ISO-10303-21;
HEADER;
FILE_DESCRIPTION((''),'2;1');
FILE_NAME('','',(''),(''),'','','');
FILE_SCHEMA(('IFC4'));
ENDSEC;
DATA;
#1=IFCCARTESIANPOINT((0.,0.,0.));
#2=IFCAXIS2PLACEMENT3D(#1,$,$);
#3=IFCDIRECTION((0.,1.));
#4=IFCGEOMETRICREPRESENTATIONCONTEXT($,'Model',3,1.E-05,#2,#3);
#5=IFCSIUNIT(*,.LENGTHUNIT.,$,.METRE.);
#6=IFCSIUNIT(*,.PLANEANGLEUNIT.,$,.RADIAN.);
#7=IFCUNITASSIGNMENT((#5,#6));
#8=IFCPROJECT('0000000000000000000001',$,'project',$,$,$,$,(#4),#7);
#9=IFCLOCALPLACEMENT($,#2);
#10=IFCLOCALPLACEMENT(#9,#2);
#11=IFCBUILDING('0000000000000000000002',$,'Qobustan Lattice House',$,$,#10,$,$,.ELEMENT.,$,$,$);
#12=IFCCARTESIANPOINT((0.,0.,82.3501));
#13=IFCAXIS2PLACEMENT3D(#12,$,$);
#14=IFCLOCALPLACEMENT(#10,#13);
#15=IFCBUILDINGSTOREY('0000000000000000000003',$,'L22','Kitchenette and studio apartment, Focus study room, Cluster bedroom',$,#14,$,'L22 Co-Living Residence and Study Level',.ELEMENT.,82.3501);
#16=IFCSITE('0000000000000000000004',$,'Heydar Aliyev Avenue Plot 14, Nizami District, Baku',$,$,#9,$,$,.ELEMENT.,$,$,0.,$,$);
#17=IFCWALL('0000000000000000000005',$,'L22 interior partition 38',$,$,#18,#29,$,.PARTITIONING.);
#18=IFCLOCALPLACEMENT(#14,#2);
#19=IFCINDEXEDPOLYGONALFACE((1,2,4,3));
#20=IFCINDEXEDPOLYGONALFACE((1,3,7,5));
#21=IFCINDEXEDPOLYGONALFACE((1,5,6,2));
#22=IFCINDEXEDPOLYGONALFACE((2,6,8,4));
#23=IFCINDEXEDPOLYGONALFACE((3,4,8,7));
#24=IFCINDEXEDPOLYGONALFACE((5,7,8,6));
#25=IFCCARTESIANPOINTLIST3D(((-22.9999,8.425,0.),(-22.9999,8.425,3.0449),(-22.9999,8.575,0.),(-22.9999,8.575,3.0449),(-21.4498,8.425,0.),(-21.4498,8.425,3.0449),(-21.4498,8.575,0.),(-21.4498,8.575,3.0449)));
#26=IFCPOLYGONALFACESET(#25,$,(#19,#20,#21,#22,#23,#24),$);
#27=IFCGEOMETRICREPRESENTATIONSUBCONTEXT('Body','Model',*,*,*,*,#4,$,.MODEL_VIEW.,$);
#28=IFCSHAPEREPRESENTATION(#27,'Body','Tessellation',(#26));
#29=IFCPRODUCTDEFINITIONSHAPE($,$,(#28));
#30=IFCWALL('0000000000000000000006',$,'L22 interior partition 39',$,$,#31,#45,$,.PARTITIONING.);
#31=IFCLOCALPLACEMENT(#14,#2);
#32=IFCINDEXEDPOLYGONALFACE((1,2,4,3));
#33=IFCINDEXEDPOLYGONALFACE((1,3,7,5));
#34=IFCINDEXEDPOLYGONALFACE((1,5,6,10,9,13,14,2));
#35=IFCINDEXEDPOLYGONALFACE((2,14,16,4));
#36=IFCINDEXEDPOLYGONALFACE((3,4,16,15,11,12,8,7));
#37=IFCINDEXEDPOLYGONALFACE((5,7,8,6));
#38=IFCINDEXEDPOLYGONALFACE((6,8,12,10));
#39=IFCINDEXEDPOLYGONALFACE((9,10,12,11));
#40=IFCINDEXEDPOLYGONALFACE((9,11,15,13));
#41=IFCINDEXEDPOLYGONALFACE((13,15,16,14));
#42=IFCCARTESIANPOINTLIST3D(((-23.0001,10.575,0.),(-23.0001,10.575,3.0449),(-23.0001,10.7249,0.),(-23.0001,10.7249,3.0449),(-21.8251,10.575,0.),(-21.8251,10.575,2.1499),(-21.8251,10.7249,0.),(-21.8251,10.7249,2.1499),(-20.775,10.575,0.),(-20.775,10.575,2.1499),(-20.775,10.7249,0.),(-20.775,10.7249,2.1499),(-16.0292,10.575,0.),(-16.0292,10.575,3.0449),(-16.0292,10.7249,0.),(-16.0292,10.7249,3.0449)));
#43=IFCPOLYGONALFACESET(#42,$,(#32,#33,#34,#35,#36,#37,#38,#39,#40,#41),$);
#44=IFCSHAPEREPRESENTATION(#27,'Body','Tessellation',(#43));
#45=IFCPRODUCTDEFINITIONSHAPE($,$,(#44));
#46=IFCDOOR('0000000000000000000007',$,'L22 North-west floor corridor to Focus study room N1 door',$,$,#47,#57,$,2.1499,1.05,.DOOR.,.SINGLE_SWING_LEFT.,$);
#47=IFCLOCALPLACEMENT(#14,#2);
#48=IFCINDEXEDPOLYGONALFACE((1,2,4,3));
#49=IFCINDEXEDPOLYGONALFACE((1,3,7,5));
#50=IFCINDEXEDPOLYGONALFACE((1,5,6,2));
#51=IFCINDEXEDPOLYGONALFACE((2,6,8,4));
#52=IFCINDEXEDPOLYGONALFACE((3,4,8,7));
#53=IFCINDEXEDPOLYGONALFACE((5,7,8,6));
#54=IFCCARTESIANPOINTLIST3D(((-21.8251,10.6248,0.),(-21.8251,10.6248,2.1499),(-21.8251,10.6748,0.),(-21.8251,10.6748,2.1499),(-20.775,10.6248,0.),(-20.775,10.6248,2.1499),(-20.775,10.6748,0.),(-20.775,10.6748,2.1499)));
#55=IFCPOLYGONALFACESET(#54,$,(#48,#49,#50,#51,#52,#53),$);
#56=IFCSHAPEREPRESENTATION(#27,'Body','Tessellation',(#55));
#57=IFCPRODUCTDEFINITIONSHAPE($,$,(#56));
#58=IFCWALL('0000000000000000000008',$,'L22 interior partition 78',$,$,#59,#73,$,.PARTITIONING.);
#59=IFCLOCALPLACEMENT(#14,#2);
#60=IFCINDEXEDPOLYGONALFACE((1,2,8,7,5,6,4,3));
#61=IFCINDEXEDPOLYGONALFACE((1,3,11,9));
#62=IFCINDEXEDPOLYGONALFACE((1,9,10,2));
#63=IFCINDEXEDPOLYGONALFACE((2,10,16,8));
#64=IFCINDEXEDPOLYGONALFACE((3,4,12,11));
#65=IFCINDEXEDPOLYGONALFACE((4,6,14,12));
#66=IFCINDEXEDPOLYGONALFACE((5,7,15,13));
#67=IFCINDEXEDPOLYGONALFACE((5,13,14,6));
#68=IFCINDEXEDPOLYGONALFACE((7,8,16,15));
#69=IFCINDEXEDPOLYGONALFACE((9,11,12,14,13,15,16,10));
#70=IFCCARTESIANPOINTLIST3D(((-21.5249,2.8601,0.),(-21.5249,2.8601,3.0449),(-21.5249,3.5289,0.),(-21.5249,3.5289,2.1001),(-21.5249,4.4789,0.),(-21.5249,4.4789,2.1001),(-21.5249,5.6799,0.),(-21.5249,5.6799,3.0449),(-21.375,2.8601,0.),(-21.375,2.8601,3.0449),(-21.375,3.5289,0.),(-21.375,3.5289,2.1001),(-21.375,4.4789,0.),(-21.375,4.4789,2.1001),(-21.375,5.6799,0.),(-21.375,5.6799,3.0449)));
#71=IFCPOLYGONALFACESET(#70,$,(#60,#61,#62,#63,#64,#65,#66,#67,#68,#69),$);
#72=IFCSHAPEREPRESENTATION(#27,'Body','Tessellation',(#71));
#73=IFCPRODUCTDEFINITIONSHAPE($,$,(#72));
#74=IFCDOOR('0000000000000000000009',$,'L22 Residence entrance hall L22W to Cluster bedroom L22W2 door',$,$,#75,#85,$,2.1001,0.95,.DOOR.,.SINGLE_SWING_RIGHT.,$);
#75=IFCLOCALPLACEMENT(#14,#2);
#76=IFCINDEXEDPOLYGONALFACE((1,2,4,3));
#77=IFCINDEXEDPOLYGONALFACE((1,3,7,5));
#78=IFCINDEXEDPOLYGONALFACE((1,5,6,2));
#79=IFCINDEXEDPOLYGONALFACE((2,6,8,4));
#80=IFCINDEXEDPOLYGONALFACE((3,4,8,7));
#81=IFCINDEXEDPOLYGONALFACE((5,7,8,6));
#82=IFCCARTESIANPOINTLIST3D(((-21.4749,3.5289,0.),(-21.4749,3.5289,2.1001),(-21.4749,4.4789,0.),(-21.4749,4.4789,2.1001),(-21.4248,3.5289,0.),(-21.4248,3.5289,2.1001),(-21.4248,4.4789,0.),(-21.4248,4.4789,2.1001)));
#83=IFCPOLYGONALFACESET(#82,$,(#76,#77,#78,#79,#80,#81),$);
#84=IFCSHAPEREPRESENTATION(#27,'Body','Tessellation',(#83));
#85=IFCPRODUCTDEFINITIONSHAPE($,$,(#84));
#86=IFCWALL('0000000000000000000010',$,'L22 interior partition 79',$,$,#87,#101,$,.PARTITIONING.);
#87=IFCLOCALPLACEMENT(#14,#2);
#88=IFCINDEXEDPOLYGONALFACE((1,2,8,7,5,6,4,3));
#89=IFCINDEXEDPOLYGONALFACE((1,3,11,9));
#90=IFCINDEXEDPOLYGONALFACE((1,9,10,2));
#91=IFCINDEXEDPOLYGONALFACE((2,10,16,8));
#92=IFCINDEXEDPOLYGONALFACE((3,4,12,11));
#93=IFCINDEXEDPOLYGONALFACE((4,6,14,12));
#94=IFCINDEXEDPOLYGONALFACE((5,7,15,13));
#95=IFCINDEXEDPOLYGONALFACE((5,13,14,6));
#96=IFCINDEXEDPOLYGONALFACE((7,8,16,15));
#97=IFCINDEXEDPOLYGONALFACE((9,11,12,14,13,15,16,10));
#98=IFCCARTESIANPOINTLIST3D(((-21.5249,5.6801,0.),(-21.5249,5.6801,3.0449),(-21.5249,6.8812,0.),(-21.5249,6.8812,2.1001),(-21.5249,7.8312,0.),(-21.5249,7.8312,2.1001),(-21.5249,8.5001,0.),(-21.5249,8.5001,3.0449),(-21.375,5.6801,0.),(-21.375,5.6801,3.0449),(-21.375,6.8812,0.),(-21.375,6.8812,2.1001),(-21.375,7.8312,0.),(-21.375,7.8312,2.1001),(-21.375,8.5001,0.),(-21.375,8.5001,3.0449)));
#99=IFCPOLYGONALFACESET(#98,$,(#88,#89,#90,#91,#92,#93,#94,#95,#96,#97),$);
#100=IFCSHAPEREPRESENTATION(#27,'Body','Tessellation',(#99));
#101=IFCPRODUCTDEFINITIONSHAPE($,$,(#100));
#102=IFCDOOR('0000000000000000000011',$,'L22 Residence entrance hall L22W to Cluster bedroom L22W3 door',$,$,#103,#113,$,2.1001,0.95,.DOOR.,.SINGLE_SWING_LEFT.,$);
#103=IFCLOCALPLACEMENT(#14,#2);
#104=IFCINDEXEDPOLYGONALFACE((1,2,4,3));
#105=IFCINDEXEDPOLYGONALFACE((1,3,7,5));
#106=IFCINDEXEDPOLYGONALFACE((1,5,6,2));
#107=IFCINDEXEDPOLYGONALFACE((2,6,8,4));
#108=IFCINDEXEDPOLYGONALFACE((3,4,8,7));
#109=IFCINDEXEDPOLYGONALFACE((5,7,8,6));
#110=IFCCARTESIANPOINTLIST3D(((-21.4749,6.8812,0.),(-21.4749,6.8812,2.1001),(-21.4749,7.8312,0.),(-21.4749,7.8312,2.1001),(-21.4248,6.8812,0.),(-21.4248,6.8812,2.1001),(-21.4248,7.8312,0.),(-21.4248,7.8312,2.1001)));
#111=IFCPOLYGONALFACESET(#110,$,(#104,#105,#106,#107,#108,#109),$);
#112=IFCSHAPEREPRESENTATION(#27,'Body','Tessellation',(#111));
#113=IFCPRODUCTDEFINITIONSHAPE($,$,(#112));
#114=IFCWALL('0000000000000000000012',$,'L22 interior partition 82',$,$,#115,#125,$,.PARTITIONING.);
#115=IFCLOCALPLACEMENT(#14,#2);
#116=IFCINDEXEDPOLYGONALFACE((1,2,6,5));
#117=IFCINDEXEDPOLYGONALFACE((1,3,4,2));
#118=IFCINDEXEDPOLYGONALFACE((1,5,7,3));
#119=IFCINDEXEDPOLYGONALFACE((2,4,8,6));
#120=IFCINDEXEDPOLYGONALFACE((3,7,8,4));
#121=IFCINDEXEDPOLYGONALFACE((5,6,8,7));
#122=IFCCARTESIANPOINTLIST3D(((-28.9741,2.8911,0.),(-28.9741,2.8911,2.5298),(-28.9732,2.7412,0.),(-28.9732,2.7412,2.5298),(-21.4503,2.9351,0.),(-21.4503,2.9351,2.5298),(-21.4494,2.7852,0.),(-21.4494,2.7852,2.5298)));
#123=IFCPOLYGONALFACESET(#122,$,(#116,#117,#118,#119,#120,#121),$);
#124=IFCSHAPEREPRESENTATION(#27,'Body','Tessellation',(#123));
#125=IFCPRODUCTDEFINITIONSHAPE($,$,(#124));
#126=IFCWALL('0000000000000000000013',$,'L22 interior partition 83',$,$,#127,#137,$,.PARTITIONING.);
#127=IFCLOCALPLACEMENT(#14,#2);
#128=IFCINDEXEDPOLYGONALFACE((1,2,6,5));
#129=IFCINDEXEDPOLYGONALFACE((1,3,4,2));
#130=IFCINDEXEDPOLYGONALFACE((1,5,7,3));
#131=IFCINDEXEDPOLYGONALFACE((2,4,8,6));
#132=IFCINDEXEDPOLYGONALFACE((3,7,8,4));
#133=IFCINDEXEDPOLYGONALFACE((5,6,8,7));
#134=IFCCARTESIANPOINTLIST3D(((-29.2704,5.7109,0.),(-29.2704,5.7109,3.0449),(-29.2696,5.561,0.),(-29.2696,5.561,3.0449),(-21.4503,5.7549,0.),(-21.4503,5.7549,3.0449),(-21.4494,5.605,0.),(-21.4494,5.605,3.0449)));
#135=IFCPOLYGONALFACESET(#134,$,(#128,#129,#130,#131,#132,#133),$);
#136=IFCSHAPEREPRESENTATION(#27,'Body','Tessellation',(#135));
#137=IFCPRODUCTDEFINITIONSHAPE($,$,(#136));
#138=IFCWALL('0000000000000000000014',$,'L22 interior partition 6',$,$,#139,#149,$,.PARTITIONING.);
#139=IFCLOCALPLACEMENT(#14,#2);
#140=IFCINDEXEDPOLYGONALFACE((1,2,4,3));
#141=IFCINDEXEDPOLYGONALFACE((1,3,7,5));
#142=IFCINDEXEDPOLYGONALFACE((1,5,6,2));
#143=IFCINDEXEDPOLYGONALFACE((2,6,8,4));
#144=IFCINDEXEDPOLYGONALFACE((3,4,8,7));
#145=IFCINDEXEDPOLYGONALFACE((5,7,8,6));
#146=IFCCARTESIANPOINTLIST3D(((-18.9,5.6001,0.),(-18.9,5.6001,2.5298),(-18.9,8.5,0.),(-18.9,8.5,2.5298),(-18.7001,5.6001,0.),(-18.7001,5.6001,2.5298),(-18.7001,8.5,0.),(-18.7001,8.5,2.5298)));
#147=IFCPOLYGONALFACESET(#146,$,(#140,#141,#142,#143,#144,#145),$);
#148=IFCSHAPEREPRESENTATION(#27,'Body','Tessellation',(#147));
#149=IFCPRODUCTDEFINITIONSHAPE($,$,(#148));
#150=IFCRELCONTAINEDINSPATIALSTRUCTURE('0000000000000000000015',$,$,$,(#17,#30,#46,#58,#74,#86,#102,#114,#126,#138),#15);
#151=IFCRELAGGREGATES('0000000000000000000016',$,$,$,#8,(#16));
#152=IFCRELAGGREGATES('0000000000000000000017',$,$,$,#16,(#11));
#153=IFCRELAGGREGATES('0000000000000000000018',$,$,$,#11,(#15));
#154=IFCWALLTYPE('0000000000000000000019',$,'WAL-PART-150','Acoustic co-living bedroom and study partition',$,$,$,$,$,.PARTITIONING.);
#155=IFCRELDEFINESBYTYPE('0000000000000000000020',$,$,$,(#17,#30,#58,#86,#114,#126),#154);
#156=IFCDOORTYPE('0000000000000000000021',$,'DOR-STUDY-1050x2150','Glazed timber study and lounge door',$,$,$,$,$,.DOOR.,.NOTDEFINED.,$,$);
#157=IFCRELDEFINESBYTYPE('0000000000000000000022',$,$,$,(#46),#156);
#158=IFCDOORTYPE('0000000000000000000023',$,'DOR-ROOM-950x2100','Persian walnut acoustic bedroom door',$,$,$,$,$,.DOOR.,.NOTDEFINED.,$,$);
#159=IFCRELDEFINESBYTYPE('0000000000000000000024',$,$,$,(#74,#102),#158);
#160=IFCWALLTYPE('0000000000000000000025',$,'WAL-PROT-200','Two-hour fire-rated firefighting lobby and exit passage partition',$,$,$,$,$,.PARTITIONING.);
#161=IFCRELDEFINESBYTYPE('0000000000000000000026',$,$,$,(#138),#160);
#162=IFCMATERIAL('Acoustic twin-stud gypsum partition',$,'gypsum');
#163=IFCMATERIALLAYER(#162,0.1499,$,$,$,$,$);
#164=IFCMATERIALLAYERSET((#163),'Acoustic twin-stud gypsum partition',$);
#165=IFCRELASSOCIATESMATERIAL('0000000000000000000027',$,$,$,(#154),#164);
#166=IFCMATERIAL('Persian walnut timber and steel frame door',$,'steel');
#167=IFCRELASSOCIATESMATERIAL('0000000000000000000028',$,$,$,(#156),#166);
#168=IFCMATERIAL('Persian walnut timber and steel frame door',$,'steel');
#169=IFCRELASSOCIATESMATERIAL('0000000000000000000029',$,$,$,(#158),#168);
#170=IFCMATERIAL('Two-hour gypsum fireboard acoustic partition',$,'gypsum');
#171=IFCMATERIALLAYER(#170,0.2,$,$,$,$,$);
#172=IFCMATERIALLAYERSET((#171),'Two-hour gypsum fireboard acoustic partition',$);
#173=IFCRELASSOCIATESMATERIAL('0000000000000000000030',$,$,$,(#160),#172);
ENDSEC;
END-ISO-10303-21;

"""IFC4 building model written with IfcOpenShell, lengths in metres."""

from ifc_helpers import new_model, si_unit, direction, frame, frame_2d, origin, place, context, subcontext, project, spatial, rectangle, extrude, material, layer, layer_set, type_object, element, fill, save


model = new_model("IFC4")

# Units and contexts
model_context = context("Model", 3, precision=1e-05, world=origin(), true_north=direction((0.0, 1.0)))
body_context = subcontext(model_context, "Body", "Model", "MODEL_VIEW")
ifc_project = project(units=[si_unit("LENGTHUNIT", "METRE"), si_unit("PLANEANGLEUNIT", "RADIAN")], contexts=[model_context])

# Site, building, storey
site_placement = place(None, origin())
site = spatial("IfcSite", under=ifc_project, at=site_placement, Name="Heydar Aliyev Avenue Plot 14, Nizami District, Baku", CompositionType="ELEMENT", RefElevation=0.0)
building_placement = place(site_placement, origin())
building = spatial("IfcBuilding", under=site, at=building_placement, Name="Qobustan Lattice House", CompositionType="ELEMENT")
storey_placement = place(building_placement, frame((0.0, 0.0, 82.3501)))
storey = spatial("IfcBuildingStorey", under=building, at=storey_placement, Name="L22", Description="Kitchenette and studio apartment, Focus study room, Cluster bedroom", LongName="L22 Co-Living Residence and Study Level", CompositionType="ELEMENT", Elevation=82.3501)

# Wall
ifc_material_1 = material(Name="Acoustic twin-stud gypsum partition", Category="gypsum")
ifc_layer_1 = layer(ifc_material_1, 0.1499)
ifc_layer_set_1 = layer_set([ifc_layer_1], Name="Acoustic twin-stud gypsum partition")
wall_type_1 = type_object("IfcWallType", Name="WAL-PART-150", Description="Acoustic co-living bedroom and study partition", PredefinedType="PARTITIONING", material=ifc_layer_set_1)
wall_1_placement = place(storey_placement, frame((-21.45, 8.5, 0.0), z_axis=(0.0, 0.0, 1.0), x_axis=(-1.0, 0.0, 0.0)))
element("IfcWall", 1, at=wall_1_placement, inside=storey, type_object=wall_type_1, Name="L22 interior partition 38", PredefinedType="PARTITIONING", context=body_context, shape_type="SweptSolid", body=[
    extrude(rectangle(XDim=1.55, YDim=0.1499, at=frame_2d((0.7749, 0.0))), origin(), (0.0, 0.0, 1.0), 3.0449),
])

# Walls, openings, doors
wall_2_placement = place(storey_placement, frame((-23.0, 10.6499, 0.0), z_axis=(0.0, 0.0, 1.0), x_axis=(1.0, 0.0, 0.0)))
wall_2 = element("IfcWall", 2, at=wall_2_placement, inside=storey, type_object=wall_type_1, Name="L22 interior partition 39", PredefinedType="PARTITIONING", context=body_context, shape_type="SweptSolid", body=[
    extrude(rectangle(XDim=6.9709, YDim=0.1499, at=frame_2d((3.4854, 0.0))), origin(), (0.0, 0.0, 1.0), 3.0449),
])
opening_1_placement = place(wall_2_placement, frame((1.175, 0.0, 0.0)))
opening_1 = element("IfcOpeningElement", 3, at=opening_1_placement, cuts=wall_2, PredefinedType="OPENING", context=body_context, shape_type="SweptSolid", body=[
    extrude(rectangle(XDim=1.05, YDim=2.1499, at=frame_2d((0.5249, 1.075))), frame((0.0, 0.085, 0.0), z_axis=(0.0, -1.0, 0.0), x_axis=(1.0, 0.0, 0.0)), (0.0, 0.0, 1.0), 0.1699),
])
ifc_material_2 = material(Name="Persian walnut timber and steel frame door", Category="steel")
door_type_1 = type_object("IfcDoorType", Name="DOR-STUDY-1050x2150", Description="Glazed timber study and lounge door", OperationType="NOTDEFINED", PredefinedType="DOOR", material=ifc_material_2)
door_1_placement = place(opening_1_placement, origin())
door_1 = element("IfcDoor", 4, at=door_1_placement, inside=storey, type_object=door_type_1, Name="L22 North-west floor corridor to Focus study room N1 door", OperationType="SINGLE_SWING_LEFT", OverallHeight=2.1499, OverallWidth=1.05, PredefinedType="DOOR", context=body_context, shape_type="SweptSolid", body=[
    extrude(rectangle(XDim=1.05, YDim=2.1499, at=frame_2d((0.5249, 1.075))), frame((0.0, 0.0249, 0.0), z_axis=(0.0, -1.0, 0.0), x_axis=(1.0, 0.0, 0.0)), (0.0, 0.0, 1.0), 0.05),
])
fill(opening_1, door_1)
wall_3_placement = place(storey_placement, frame((-21.45, 2.8601, 0.0), z_axis=(0.0, 0.0, 1.0), x_axis=(0.0, 1.0, 0.0)))
wall_3 = element("IfcWall", 5, at=wall_3_placement, inside=storey, type_object=wall_type_1, Name="L22 interior partition 78", PredefinedType="PARTITIONING", context=body_context, shape_type="SweptSolid", body=[
    extrude(rectangle(XDim=2.8198, YDim=0.1499, at=frame_2d((1.4099, 0.0))), origin(), (0.0, 0.0, 1.0), 3.0449),
])
opening_2_placement = place(wall_3_placement, frame((0.6687, 0.0, 0.0)))
opening_2 = element("IfcOpeningElement", 6, at=opening_2_placement, cuts=wall_3, PredefinedType="OPENING", context=body_context, shape_type="SweptSolid", body=[
    extrude(rectangle(XDim=0.95, YDim=2.1001, at=frame_2d((0.4751, 1.05))), frame((0.0, 0.085, 0.0), z_axis=(0.0, -1.0, 0.0), x_axis=(1.0, 0.0, 0.0)), (0.0, 0.0, 1.0), 0.1699),
])
ifc_material_3 = material(Name="Persian walnut timber and steel frame door", Category="steel")
door_type_2 = type_object("IfcDoorType", Name="DOR-ROOM-950x2100", Description="Persian walnut acoustic bedroom door", OperationType="NOTDEFINED", PredefinedType="DOOR", material=ifc_material_3)
door_2_placement = place(opening_2_placement, origin())
door_2 = element("IfcDoor", 7, at=door_2_placement, inside=storey, type_object=door_type_2, Name="L22 Residence entrance hall L22W to Cluster bedroom L22W2 door", OperationType="SINGLE_SWING_RIGHT", OverallHeight=2.1001, OverallWidth=0.95, PredefinedType="DOOR", context=body_context, shape_type="SweptSolid", body=[
    extrude(rectangle(XDim=0.95, YDim=2.1001, at=frame_2d((0.4751, 1.05))), frame((0.0, 0.0249, 0.0), z_axis=(0.0, -1.0, 0.0), x_axis=(1.0, 0.0, 0.0)), (0.0, 0.0, 1.0), 0.05),
])
fill(opening_2, door_2)
wall_4_placement = place(storey_placement, frame((-21.45, 5.6799, 0.0), z_axis=(0.0, 0.0, 1.0), x_axis=(0.0, 1.0, 0.0)))
wall_4 = element("IfcWall", 8, at=wall_4_placement, inside=storey, type_object=wall_type_1, Name="L22 interior partition 79", PredefinedType="PARTITIONING", context=body_context, shape_type="SweptSolid", body=[
    extrude(rectangle(XDim=2.8201, YDim=0.1499, at=frame_2d((1.4102, 0.0))), origin(), (0.0, 0.0, 1.0), 3.0449),
])
opening_3_placement = place(wall_4_placement, frame((1.2012, 0.0, 0.0)))
opening_3 = element("IfcOpeningElement", 9, at=opening_3_placement, cuts=wall_4, PredefinedType="OPENING", context=body_context, shape_type="SweptSolid", body=[
    extrude(rectangle(XDim=0.95, YDim=2.1001, at=frame_2d((0.4751, 1.05))), frame((0.0, 0.085, 0.0), z_axis=(0.0, -1.0, 0.0), x_axis=(1.0, 0.0, 0.0)), (0.0, 0.0, 1.0), 0.1699),
])
door_3_placement = place(opening_3_placement, origin())
door_3 = element("IfcDoor", 10, at=door_3_placement, inside=storey, type_object=door_type_2, Name="L22 Residence entrance hall L22W to Cluster bedroom L22W3 door", OperationType="SINGLE_SWING_LEFT", OverallHeight=2.1001, OverallWidth=0.95, PredefinedType="DOOR", context=body_context, shape_type="SweptSolid", body=[
    extrude(rectangle(XDim=0.95, YDim=2.1001, at=frame_2d((0.4751, 1.05))), frame((0.0, 0.0249, 0.0), z_axis=(0.0, -1.0, 0.0), x_axis=(1.0, 0.0, 0.0)), (0.0, 0.0, 1.0), 0.05),
])
fill(opening_3, door_3)

# Walls
wall_5_placement = place(storey_placement, frame((-28.9736, 2.8162, 0.0), z_axis=(0.0, 0.0, 1.0), x_axis=(0.999983, 0.005841, 0.0)))
element("IfcWall", 11, at=wall_5_placement, inside=storey, type_object=wall_type_1, Name="L22 interior partition 82", PredefinedType="PARTITIONING", context=body_context, shape_type="SweptSolid", body=[
    extrude(rectangle(XDim=7.5239, YDim=0.1499, at=frame_2d((3.762, 0.0))), origin(), (0.0, 0.0, 1.0), 2.5298),
])
wall_6_placement = place(storey_placement, frame((-29.27, 5.636, 0.0), z_axis=(0.0, 0.0, 1.0), x_axis=(0.999984, 0.005619, 0.0)))
element("IfcWall", 12, at=wall_6_placement, inside=storey, type_object=wall_type_1, Name="L22 interior partition 83", PredefinedType="PARTITIONING", context=body_context, shape_type="SweptSolid", body=[
    extrude(rectangle(XDim=7.8203, YDim=0.1499, at=frame_2d((3.9102, 0.0))), origin(), (0.0, 0.0, 1.0), 3.0449),
])
ifc_material_4 = material(Name="Two-hour gypsum fireboard acoustic partition", Category="gypsum")
ifc_layer_2 = layer(ifc_material_4, 0.2)
ifc_layer_set_2 = layer_set([ifc_layer_2], Name="Two-hour gypsum fireboard acoustic partition")
wall_type_2 = type_object("IfcWallType", Name="WAL-PROT-200", Description="Two-hour fire-rated firefighting lobby and exit passage partition", PredefinedType="PARTITIONING", material=ifc_layer_set_2)
wall_7_placement = place(storey_placement, frame((-18.8, 8.5, 0.0), z_axis=(0.0, 0.0, 1.0), x_axis=(0.0, -1.0, 0.0)))
element("IfcWall", 13, at=wall_7_placement, inside=storey, type_object=wall_type_2, Name="L22 interior partition 6", PredefinedType="PARTITIONING", context=body_context, shape_type="SweptSolid", body=[
    extrude(rectangle(XDim=2.8999, YDim=0.2, at=frame_2d((1.45, 0.0))), origin(), (0.0, 0.0, 1.0), 2.5298),
])

save(model, "model.ifc")
